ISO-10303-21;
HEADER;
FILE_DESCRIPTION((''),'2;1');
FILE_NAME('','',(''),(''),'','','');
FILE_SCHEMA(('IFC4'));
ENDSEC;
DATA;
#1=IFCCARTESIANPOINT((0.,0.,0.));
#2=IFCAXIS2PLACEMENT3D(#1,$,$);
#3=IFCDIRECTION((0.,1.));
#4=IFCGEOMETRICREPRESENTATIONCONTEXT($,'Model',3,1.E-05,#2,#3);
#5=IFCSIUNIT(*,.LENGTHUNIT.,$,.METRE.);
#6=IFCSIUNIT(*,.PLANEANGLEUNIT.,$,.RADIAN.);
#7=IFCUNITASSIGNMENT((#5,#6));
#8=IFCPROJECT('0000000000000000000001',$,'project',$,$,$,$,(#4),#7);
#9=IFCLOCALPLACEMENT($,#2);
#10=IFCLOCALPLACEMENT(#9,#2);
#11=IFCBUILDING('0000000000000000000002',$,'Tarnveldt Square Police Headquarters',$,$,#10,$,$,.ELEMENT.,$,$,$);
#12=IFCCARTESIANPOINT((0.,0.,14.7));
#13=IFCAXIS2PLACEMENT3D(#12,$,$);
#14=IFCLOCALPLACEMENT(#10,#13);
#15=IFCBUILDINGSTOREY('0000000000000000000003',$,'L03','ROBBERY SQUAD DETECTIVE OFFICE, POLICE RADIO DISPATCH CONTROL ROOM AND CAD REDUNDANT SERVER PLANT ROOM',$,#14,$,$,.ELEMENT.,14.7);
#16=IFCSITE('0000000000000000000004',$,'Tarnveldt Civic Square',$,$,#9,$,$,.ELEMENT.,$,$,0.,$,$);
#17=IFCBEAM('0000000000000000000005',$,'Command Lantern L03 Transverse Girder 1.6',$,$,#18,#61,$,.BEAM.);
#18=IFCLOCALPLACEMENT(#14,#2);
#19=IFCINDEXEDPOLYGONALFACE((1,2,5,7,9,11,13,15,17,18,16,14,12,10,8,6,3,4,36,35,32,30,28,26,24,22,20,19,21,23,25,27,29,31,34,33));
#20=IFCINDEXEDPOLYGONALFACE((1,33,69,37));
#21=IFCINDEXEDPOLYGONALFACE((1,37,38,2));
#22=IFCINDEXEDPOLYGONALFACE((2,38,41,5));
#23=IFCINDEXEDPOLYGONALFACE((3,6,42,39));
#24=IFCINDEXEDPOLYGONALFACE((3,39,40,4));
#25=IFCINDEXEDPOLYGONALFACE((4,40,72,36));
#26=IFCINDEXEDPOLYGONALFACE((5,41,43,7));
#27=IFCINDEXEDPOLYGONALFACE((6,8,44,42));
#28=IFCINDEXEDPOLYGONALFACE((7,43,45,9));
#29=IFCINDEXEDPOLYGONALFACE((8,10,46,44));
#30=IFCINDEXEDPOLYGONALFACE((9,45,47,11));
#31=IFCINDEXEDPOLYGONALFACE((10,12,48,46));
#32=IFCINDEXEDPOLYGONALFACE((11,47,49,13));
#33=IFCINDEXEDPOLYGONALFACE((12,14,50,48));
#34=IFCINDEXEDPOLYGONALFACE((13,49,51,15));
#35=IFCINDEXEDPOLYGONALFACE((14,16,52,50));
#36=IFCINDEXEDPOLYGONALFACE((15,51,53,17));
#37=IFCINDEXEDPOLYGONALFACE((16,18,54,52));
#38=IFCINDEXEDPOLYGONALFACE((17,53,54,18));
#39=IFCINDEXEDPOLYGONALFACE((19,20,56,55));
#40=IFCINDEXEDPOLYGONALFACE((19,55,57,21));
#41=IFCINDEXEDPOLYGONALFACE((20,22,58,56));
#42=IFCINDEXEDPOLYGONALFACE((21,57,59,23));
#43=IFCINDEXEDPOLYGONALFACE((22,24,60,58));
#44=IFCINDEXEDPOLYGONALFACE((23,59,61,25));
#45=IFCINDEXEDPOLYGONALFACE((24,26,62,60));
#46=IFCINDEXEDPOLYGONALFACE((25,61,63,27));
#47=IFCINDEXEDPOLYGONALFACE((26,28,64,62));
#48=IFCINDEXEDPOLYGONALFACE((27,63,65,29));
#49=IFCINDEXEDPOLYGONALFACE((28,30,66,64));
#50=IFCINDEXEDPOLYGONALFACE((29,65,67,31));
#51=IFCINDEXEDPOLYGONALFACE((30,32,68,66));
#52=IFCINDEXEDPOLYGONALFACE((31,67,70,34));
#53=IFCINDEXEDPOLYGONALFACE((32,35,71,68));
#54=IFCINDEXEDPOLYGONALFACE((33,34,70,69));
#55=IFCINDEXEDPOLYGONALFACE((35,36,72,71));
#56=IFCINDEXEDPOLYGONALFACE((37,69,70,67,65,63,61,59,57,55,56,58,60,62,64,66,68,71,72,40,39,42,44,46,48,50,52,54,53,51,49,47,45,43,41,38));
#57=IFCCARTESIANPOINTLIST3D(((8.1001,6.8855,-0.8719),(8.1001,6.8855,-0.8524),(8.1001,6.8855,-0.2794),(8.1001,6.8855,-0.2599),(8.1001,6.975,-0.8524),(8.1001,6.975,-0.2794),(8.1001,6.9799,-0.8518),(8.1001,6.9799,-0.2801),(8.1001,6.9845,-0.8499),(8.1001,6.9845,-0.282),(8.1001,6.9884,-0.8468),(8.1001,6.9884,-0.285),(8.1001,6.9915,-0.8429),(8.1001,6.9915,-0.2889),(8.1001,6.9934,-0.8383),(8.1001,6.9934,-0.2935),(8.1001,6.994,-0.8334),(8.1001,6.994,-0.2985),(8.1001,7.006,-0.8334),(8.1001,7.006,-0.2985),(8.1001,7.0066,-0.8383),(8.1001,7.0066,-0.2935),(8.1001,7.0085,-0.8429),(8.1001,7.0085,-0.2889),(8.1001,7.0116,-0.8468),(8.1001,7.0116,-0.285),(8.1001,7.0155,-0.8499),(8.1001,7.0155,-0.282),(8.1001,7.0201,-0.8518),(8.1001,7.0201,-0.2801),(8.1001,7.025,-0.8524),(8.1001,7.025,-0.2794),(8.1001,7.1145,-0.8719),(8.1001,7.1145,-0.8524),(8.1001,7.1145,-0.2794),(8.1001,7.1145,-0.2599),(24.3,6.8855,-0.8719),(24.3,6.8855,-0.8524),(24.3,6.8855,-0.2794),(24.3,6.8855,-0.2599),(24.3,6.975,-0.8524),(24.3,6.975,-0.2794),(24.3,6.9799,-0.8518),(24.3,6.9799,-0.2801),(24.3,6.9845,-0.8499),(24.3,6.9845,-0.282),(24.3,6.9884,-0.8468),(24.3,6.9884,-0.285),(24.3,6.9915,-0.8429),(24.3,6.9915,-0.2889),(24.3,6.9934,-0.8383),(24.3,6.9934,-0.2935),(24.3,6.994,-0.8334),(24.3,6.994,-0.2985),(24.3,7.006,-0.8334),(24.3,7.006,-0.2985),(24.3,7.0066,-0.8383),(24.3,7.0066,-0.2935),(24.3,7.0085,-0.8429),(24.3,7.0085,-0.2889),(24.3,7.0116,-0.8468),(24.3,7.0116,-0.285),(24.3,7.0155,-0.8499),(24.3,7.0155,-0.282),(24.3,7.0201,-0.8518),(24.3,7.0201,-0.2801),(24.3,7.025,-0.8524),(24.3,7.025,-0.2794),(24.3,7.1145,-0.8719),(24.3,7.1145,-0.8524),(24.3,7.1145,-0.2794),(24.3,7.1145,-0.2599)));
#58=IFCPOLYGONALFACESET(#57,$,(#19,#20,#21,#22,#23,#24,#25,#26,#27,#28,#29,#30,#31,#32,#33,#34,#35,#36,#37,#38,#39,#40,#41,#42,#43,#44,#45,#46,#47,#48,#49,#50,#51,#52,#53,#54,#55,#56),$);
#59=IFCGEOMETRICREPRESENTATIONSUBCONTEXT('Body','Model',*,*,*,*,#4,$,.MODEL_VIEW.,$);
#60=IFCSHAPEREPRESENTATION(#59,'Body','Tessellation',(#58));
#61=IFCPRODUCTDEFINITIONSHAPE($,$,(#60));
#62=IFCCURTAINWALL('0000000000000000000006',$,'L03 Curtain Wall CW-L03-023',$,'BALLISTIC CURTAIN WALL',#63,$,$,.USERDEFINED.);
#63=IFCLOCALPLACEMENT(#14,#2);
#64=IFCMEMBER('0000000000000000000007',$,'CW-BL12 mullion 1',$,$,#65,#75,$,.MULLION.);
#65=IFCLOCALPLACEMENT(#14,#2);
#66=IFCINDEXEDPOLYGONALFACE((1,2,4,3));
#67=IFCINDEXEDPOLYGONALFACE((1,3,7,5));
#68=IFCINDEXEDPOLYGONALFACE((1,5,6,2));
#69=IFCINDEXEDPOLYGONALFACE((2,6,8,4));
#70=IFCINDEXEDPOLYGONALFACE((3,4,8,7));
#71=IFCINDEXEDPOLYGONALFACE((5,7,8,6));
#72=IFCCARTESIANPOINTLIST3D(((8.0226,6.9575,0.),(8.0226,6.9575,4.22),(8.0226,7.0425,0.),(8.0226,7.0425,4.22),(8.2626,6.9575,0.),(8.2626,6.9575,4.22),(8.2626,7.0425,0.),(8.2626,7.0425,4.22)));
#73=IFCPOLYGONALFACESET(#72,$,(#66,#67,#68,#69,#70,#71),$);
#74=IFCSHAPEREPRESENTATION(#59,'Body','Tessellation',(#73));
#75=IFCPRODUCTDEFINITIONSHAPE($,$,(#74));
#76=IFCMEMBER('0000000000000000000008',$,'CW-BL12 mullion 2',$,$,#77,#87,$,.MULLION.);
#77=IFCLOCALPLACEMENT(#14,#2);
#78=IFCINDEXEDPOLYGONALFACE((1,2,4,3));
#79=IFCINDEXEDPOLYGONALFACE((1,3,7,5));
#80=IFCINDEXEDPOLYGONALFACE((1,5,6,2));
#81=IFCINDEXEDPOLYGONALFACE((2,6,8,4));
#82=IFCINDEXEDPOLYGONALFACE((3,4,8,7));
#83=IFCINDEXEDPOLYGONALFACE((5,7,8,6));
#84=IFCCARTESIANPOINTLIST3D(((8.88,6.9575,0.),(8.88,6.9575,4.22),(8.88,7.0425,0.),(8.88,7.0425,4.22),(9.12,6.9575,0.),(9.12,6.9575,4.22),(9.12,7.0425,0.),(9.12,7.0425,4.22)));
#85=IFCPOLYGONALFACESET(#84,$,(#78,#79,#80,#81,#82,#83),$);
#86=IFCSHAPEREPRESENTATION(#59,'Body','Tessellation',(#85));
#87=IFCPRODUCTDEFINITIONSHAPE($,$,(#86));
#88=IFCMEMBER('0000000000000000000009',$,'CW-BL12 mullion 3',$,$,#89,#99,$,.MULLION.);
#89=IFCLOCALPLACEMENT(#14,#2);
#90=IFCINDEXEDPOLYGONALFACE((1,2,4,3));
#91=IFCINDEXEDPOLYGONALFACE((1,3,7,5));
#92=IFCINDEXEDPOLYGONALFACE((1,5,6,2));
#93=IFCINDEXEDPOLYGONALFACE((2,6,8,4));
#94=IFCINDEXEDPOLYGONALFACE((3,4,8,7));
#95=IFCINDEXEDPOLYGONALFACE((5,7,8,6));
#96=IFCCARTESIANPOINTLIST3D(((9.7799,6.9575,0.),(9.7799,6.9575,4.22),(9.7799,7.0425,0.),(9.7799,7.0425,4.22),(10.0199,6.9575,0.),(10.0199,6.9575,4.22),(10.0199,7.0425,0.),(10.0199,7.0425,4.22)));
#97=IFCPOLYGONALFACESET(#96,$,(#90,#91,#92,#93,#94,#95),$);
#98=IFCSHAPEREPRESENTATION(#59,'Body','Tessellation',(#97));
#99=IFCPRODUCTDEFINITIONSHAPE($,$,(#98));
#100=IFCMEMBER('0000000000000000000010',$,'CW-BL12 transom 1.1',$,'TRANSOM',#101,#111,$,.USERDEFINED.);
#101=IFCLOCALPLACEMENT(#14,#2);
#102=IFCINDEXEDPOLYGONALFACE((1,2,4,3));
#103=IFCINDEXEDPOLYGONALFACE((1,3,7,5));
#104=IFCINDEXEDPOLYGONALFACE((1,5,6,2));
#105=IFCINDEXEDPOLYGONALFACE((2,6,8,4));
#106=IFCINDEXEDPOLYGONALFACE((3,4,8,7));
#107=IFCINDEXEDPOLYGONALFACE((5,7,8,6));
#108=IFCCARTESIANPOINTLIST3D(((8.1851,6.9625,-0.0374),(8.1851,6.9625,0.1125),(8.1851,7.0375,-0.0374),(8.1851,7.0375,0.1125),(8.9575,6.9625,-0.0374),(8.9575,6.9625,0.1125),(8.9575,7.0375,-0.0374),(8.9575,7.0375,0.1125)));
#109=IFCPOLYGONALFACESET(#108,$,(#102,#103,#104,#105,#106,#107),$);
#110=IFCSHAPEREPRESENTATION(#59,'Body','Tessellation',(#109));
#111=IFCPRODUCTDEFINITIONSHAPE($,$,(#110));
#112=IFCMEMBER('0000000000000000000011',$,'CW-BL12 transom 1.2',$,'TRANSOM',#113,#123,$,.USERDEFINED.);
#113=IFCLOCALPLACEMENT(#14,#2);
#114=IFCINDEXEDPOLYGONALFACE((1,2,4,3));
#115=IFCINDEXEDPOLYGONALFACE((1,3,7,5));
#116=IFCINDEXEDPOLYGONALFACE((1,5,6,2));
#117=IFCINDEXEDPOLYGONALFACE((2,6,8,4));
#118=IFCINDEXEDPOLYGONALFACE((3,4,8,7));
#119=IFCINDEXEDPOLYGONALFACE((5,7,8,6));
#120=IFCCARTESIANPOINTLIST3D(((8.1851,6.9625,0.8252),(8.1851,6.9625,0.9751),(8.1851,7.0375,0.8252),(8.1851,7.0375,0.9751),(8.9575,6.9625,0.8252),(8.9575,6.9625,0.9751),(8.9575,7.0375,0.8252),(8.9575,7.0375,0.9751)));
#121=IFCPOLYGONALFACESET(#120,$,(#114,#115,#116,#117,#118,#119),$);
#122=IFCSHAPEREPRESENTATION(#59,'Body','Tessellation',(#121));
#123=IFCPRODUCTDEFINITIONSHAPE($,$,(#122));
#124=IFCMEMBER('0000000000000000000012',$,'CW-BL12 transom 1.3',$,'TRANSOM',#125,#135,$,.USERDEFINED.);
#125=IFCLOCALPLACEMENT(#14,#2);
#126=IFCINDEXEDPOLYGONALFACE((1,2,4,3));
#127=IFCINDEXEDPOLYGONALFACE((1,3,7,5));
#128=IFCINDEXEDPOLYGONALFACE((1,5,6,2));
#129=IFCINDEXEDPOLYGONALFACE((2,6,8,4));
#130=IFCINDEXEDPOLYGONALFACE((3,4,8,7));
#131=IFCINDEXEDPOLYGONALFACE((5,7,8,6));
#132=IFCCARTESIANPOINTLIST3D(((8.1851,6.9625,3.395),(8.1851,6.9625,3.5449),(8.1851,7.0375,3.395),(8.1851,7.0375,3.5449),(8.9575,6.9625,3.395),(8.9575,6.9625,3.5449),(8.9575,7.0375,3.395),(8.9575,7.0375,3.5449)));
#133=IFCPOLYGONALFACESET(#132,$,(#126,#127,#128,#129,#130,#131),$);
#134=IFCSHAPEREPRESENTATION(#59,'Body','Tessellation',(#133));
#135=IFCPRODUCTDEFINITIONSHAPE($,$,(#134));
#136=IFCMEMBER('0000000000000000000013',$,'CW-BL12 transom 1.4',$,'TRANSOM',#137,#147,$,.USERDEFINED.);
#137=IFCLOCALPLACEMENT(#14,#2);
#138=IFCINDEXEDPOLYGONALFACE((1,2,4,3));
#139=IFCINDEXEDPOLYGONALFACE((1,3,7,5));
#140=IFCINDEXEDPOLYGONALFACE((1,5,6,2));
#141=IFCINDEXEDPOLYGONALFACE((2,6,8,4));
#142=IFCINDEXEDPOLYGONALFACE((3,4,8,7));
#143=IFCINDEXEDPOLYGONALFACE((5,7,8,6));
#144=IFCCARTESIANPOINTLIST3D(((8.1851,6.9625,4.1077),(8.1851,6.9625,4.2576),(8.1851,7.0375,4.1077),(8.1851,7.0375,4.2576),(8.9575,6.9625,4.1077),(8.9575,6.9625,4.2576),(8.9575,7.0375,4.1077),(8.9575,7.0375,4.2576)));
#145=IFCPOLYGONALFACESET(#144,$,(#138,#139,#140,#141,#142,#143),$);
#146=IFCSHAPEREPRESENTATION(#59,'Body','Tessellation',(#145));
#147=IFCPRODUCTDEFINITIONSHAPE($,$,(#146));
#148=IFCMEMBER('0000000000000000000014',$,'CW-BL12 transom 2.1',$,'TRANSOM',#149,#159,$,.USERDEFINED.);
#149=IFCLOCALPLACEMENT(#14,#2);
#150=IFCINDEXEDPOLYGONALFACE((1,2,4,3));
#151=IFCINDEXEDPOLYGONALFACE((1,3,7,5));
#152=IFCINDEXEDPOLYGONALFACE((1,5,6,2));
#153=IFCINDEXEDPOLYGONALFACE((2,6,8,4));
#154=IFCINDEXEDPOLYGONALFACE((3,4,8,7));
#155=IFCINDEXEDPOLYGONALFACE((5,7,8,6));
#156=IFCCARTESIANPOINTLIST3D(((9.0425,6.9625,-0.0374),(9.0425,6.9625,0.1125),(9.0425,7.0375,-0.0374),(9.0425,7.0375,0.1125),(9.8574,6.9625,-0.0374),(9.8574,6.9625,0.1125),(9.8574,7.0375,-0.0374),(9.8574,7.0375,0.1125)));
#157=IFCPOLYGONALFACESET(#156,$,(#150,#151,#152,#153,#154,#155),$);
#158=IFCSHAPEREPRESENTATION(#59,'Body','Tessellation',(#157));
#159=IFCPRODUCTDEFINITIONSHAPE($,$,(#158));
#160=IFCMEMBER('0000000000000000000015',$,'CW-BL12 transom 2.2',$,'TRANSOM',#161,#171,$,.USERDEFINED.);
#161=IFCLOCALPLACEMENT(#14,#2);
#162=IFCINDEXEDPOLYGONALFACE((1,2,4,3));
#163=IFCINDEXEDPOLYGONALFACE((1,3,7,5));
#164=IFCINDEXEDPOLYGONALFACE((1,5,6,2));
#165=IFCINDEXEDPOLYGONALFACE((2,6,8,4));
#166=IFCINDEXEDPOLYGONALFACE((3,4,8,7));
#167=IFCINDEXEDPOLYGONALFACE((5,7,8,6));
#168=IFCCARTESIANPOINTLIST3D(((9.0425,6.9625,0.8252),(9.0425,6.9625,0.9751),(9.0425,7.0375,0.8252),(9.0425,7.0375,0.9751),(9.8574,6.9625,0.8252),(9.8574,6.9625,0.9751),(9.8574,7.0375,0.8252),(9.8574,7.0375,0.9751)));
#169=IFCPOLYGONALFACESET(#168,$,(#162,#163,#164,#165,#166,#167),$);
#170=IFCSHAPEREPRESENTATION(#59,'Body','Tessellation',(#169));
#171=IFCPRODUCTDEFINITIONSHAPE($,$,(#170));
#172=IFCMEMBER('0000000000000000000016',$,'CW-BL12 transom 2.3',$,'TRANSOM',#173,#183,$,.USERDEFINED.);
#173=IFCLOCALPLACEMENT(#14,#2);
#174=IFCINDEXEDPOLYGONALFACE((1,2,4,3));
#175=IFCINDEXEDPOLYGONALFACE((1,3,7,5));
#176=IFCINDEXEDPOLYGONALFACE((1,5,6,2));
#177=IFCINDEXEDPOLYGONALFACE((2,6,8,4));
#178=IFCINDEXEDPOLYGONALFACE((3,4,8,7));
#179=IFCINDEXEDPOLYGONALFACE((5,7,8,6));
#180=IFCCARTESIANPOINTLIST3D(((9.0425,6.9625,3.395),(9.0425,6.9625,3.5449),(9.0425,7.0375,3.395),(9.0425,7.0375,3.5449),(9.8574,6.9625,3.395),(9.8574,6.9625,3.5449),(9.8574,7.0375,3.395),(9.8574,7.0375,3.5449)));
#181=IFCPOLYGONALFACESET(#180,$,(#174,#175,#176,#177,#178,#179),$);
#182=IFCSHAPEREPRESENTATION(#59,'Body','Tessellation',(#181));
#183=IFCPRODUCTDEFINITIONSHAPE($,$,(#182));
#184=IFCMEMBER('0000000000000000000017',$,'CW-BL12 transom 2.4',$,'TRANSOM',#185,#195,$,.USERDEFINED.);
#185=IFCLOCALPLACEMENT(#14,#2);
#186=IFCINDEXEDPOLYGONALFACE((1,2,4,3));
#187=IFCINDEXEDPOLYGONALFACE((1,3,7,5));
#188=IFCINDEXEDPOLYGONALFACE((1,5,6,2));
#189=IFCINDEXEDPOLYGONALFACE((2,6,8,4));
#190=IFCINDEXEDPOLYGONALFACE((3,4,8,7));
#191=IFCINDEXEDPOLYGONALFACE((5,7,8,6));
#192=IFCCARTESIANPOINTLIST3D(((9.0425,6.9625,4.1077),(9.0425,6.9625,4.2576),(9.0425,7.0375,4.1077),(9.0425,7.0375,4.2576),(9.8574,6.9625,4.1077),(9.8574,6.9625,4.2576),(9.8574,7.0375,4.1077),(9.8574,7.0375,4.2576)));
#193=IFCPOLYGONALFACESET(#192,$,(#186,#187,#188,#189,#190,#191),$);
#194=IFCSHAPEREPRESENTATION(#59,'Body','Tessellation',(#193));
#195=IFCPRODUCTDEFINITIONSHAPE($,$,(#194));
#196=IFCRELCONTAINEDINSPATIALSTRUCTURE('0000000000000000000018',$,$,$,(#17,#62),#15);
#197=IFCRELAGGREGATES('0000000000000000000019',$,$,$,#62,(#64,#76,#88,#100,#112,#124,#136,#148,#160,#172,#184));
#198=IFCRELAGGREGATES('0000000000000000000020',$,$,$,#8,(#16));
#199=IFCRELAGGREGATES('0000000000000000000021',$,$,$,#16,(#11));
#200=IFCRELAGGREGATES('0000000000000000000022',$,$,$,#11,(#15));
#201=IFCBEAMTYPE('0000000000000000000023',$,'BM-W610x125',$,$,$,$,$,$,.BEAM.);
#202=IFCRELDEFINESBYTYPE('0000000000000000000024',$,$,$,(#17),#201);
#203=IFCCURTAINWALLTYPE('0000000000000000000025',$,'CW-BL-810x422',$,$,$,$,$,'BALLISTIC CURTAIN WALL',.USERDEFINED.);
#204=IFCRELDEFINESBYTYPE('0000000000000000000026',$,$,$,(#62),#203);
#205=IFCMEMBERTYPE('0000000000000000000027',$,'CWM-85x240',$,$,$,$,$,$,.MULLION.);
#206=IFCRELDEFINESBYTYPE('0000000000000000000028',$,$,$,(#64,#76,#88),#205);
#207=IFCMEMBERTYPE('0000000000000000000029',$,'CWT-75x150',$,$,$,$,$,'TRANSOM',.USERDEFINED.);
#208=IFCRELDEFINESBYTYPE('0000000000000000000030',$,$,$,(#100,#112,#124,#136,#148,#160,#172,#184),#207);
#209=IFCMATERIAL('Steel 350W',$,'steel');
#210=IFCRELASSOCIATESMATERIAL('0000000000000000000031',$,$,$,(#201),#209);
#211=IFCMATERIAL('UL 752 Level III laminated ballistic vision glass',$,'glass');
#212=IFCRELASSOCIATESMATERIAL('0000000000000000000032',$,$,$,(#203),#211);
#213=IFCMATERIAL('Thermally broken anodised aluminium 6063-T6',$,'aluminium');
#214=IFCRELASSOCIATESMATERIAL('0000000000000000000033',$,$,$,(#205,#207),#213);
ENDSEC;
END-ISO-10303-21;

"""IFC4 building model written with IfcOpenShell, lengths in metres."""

from ifc_helpers import new_model, si_unit, direction, frame, origin, origin_2d, place, context, subcontext, project, spatial, rectangle, i_section, extrude, material, material_profile, profile_set, type_object, element, aggregate, save


model = new_model("IFC4")

# Units and contexts
model_context = context("Model", 3, precision=1e-05, world=origin(), true_north=direction((0.0, 1.0)))
body_context = subcontext(model_context, "Body", "Model", "MODEL_VIEW")
ifc_project = project(units=[si_unit("LENGTHUNIT", "METRE"), si_unit("PLANEANGLEUNIT", "RADIAN")], contexts=[model_context])

# Site, building, storey
site_placement = place(None, origin())
site = spatial("IfcSite", under=ifc_project, at=site_placement, Name="Tarnveldt Civic Square", CompositionType="ELEMENT", RefElevation=0.0)
building_placement = place(site_placement, origin())
building = spatial("IfcBuilding", under=site, at=building_placement, Name="Tarnveldt Square Police Headquarters", CompositionType="ELEMENT")
storey_placement = place(building_placement, frame((0.0, 0.0, 14.7)))
storey = spatial("IfcBuildingStorey", under=building, at=storey_placement, Name="L03", Description="ROBBERY SQUAD DETECTIVE OFFICE, POLICE RADIO DISPATCH CONTROL ROOM AND CAD REDUNDANT SERVER PLANT ROOM", CompositionType="ELEMENT", Elevation=14.7)

# Beam
ifc_material_1 = material(Name="Steel 350W", Category="steel")
ifc_material_profile_1 = material_profile(ifc_material_1, i_section(OverallWidth=0.229, OverallDepth=0.6121, WebThickness=0.012, FlangeThickness=0.0195, FilletRadius=0.019, at=origin_2d()), Name="W610x125")
ifc_profile_set_1 = profile_set([ifc_material_profile_1], Name="Steel 350W")
beam_type = type_object("IfcBeamType", Name="BM-W610x125", PredefinedType="BEAM", material=ifc_profile_set_1)
beam_placement = place(storey_placement, frame((8.1001, 7.0, -0.5659), z_axis=(1.0, 0.0, 0.0), x_axis=(0.0, 1.0, 0.0)))
element("IfcBeam", 1, at=beam_placement, inside=storey, type_object=beam_type, Name="Command Lantern L03 Transverse Girder 1.6", PredefinedType="BEAM", context=body_context, shape_type="SweptSolid", body=[
    extrude(i_section(OverallWidth=0.229, OverallDepth=0.6121, WebThickness=0.012, FlangeThickness=0.0195, FilletRadius=0.019, at=origin_2d()), origin(), (0.0, 0.0, 1.0), 16.2),
])

# Curtain wall, members
ifc_material_2 = material(Name="UL 752 Level III laminated ballistic vision glass", Category="glass")
curtain_wall_type = type_object("IfcCurtainWallType", Name="CW-BL-810x422", ElementType="BALLISTIC CURTAIN WALL", PredefinedType="USERDEFINED", material=ifc_material_2)
curtain_wall_placement = place(storey_placement, origin())
curtain_wall = element("IfcCurtainWall", 2, at=curtain_wall_placement, inside=storey, type_object=curtain_wall_type, Name="L03 Curtain Wall CW-L03-023", ObjectType="BALLISTIC CURTAIN WALL", PredefinedType="USERDEFINED")
ifc_material_3 = material(Name="Thermally broken anodised aluminium 6063-T6", Category="aluminium")
ifc_material_profile_2 = material_profile(ifc_material_3, rectangle(XDim=0.085, YDim=0.24, at=origin_2d()), Name="CW-M85x240")
ifc_profile_set_2 = profile_set([ifc_material_profile_2], Name="Thermally broken anodised aluminium 6063-T6")
member_type_1 = type_object("IfcMemberType", Name="CWM-85x240", PredefinedType="MULLION", material=ifc_profile_set_2)
member_1_placement = place(storey_placement, frame((8.1426, 7.0, 0.0), z_axis=(0.0, 0.0, 1.0), x_axis=(0.0, 1.0, 0.0)))
member_1 = element("IfcMember", 3, at=member_1_placement, type_object=member_type_1, Name="CW-BL12 mullion 1", PredefinedType="MULLION", context=body_context, shape_type="SweptSolid", body=[
    extrude(rectangle(XDim=0.085, YDim=0.24, at=origin_2d()), origin(), (0.0, 0.0, 1.0), 4.22),
])
member_2_placement = place(storey_placement, frame((9.0, 7.0, 0.0), z_axis=(0.0, 0.0, 1.0), x_axis=(0.0, 1.0, 0.0)))
member_2 = element("IfcMember", 4, at=member_2_placement, type_object=member_type_1, Name="CW-BL12 mullion 2", PredefinedType="MULLION", context=body_context, shape_type="SweptSolid", body=[
    extrude(rectangle(XDim=0.085, YDim=0.24, at=origin_2d()), origin(), (0.0, 0.0, 1.0), 4.22),
])
member_3_placement = place(storey_placement, frame((9.8999, 7.0, 0.0), z_axis=(0.0, 0.0, 1.0), x_axis=(0.0, 1.0, 0.0)))
member_3 = element("IfcMember", 5, at=member_3_placement, type_object=member_type_1, Name="CW-BL12 mullion 3", PredefinedType="MULLION", context=body_context, shape_type="SweptSolid", body=[
    extrude(rectangle(XDim=0.085, YDim=0.24, at=origin_2d()), origin(), (0.0, 0.0, 1.0), 4.22),
])
ifc_material_profile_3 = material_profile(ifc_material_3, rectangle(XDim=0.075, YDim=0.1499, at=origin_2d()), Name="CW-T75x150")
ifc_profile_set_3 = profile_set([ifc_material_profile_3], Name="Thermally broken anodised aluminium 6063-T6")
member_type_2 = type_object("IfcMemberType", Name="CWT-75x150", ElementType="TRANSOM", PredefinedType="USERDEFINED", material=ifc_profile_set_3)
member_4_placement = place(storey_placement, frame((8.1851, 7.0, 0.0376), z_axis=(1.0, 0.0, 0.0), x_axis=(0.0, 1.0, 0.0)))
member_4 = element("IfcMember", 6, at=member_4_placement, type_object=member_type_2, Name="CW-BL12 transom 1.1", ObjectType="TRANSOM", PredefinedType="USERDEFINED", context=body_context, shape_type="SweptSolid", body=[
    extrude(rectangle(XDim=0.075, YDim=0.1499, at=origin_2d()), origin(), (0.0, 0.0, 1.0), 0.7725),
])
member_5_placement = place(storey_placement, frame((8.1851, 7.0, 0.9001), z_axis=(1.0, 0.0, 0.0), x_axis=(0.0, 1.0, 0.0)))
member_5 = element("IfcMember", 7, at=member_5_placement, type_object=member_type_2, Name="CW-BL12 transom 1.2", ObjectType="TRANSOM", PredefinedType="USERDEFINED", context=body_context, shape_type="SweptSolid", body=[
    extrude(rectangle(XDim=0.075, YDim=0.1499, at=origin_2d()), origin(), (0.0, 0.0, 1.0), 0.7725),
])
member_6_placement = place(storey_placement, frame((8.1851, 7.0, 3.47), z_axis=(1.0, 0.0, 0.0), x_axis=(0.0, 1.0, 0.0)))
member_6 = element("IfcMember", 8, at=member_6_placement, type_object=member_type_2, Name="CW-BL12 transom 1.3", ObjectType="TRANSOM", PredefinedType="USERDEFINED", context=body_context, shape_type="SweptSolid", body=[
    extrude(rectangle(XDim=0.075, YDim=0.1499, at=origin_2d()), origin(), (0.0, 0.0, 1.0), 0.7725),
])
member_7_placement = place(storey_placement, frame((8.1851, 7.0, 4.1826), z_axis=(1.0, 0.0, 0.0), x_axis=(0.0, 1.0, 0.0)))
member_7 = element("IfcMember", 9, at=member_7_placement, type_object=member_type_2, Name="CW-BL12 transom 1.4", ObjectType="TRANSOM", PredefinedType="USERDEFINED", context=body_context, shape_type="SweptSolid", body=[
    extrude(rectangle(XDim=0.075, YDim=0.1499, at=origin_2d()), origin(), (0.0, 0.0, 1.0), 0.7725),
])
member_8_placement = place(storey_placement, frame((9.0425, 7.0, 0.0376), z_axis=(1.0, 0.0, 0.0), x_axis=(0.0, 1.0, 0.0)))
member_8 = element("IfcMember", 10, at=member_8_placement, type_object=member_type_2, Name="CW-BL12 transom 2.1", ObjectType="TRANSOM", PredefinedType="USERDEFINED", context=body_context, shape_type="SweptSolid", body=[
    extrude(rectangle(XDim=0.075, YDim=0.1499, at=origin_2d()), origin(), (0.0, 0.0, 1.0), 0.8149),
])
member_9_placement = place(storey_placement, frame((9.0425, 7.0, 0.9001), z_axis=(1.0, 0.0, 0.0), x_axis=(0.0, 1.0, 0.0)))
member_9 = element("IfcMember", 11, at=member_9_placement, type_object=member_type_2, Name="CW-BL12 transom 2.2", ObjectType="TRANSOM", PredefinedType="USERDEFINED", context=body_context, shape_type="SweptSolid", body=[
    extrude(rectangle(XDim=0.075, YDim=0.1499, at=origin_2d()), origin(), (0.0, 0.0, 1.0), 0.8149),
])
member_10_placement = place(storey_placement, frame((9.0425, 7.0, 3.47), z_axis=(1.0, 0.0, 0.0), x_axis=(0.0, 1.0, 0.0)))
member_10 = element("IfcMember", 12, at=member_10_placement, type_object=member_type_2, Name="CW-BL12 transom 2.3", ObjectType="TRANSOM", PredefinedType="USERDEFINED", context=body_context, shape_type="SweptSolid", body=[
    extrude(rectangle(XDim=0.075, YDim=0.1499, at=origin_2d()), origin(), (0.0, 0.0, 1.0), 0.8149),
])
member_11_placement = place(storey_placement, frame((9.0425, 7.0, 4.1826), z_axis=(1.0, 0.0, 0.0), x_axis=(0.0, 1.0, 0.0)))
member_11 = element("IfcMember", 13, at=member_11_placement, type_object=member_type_2, Name="CW-BL12 transom 2.4", ObjectType="TRANSOM", PredefinedType="USERDEFINED", context=body_context, shape_type="SweptSolid", body=[
    extrude(rectangle(XDim=0.075, YDim=0.1499, at=origin_2d()), origin(), (0.0, 0.0, 1.0), 0.8149),
])

aggregate(curtain_wall, [member_1, member_2, member_3, member_4, member_5, member_6, member_7, member_8, member_9, member_10, member_11])

save(model, "model.ifc")
